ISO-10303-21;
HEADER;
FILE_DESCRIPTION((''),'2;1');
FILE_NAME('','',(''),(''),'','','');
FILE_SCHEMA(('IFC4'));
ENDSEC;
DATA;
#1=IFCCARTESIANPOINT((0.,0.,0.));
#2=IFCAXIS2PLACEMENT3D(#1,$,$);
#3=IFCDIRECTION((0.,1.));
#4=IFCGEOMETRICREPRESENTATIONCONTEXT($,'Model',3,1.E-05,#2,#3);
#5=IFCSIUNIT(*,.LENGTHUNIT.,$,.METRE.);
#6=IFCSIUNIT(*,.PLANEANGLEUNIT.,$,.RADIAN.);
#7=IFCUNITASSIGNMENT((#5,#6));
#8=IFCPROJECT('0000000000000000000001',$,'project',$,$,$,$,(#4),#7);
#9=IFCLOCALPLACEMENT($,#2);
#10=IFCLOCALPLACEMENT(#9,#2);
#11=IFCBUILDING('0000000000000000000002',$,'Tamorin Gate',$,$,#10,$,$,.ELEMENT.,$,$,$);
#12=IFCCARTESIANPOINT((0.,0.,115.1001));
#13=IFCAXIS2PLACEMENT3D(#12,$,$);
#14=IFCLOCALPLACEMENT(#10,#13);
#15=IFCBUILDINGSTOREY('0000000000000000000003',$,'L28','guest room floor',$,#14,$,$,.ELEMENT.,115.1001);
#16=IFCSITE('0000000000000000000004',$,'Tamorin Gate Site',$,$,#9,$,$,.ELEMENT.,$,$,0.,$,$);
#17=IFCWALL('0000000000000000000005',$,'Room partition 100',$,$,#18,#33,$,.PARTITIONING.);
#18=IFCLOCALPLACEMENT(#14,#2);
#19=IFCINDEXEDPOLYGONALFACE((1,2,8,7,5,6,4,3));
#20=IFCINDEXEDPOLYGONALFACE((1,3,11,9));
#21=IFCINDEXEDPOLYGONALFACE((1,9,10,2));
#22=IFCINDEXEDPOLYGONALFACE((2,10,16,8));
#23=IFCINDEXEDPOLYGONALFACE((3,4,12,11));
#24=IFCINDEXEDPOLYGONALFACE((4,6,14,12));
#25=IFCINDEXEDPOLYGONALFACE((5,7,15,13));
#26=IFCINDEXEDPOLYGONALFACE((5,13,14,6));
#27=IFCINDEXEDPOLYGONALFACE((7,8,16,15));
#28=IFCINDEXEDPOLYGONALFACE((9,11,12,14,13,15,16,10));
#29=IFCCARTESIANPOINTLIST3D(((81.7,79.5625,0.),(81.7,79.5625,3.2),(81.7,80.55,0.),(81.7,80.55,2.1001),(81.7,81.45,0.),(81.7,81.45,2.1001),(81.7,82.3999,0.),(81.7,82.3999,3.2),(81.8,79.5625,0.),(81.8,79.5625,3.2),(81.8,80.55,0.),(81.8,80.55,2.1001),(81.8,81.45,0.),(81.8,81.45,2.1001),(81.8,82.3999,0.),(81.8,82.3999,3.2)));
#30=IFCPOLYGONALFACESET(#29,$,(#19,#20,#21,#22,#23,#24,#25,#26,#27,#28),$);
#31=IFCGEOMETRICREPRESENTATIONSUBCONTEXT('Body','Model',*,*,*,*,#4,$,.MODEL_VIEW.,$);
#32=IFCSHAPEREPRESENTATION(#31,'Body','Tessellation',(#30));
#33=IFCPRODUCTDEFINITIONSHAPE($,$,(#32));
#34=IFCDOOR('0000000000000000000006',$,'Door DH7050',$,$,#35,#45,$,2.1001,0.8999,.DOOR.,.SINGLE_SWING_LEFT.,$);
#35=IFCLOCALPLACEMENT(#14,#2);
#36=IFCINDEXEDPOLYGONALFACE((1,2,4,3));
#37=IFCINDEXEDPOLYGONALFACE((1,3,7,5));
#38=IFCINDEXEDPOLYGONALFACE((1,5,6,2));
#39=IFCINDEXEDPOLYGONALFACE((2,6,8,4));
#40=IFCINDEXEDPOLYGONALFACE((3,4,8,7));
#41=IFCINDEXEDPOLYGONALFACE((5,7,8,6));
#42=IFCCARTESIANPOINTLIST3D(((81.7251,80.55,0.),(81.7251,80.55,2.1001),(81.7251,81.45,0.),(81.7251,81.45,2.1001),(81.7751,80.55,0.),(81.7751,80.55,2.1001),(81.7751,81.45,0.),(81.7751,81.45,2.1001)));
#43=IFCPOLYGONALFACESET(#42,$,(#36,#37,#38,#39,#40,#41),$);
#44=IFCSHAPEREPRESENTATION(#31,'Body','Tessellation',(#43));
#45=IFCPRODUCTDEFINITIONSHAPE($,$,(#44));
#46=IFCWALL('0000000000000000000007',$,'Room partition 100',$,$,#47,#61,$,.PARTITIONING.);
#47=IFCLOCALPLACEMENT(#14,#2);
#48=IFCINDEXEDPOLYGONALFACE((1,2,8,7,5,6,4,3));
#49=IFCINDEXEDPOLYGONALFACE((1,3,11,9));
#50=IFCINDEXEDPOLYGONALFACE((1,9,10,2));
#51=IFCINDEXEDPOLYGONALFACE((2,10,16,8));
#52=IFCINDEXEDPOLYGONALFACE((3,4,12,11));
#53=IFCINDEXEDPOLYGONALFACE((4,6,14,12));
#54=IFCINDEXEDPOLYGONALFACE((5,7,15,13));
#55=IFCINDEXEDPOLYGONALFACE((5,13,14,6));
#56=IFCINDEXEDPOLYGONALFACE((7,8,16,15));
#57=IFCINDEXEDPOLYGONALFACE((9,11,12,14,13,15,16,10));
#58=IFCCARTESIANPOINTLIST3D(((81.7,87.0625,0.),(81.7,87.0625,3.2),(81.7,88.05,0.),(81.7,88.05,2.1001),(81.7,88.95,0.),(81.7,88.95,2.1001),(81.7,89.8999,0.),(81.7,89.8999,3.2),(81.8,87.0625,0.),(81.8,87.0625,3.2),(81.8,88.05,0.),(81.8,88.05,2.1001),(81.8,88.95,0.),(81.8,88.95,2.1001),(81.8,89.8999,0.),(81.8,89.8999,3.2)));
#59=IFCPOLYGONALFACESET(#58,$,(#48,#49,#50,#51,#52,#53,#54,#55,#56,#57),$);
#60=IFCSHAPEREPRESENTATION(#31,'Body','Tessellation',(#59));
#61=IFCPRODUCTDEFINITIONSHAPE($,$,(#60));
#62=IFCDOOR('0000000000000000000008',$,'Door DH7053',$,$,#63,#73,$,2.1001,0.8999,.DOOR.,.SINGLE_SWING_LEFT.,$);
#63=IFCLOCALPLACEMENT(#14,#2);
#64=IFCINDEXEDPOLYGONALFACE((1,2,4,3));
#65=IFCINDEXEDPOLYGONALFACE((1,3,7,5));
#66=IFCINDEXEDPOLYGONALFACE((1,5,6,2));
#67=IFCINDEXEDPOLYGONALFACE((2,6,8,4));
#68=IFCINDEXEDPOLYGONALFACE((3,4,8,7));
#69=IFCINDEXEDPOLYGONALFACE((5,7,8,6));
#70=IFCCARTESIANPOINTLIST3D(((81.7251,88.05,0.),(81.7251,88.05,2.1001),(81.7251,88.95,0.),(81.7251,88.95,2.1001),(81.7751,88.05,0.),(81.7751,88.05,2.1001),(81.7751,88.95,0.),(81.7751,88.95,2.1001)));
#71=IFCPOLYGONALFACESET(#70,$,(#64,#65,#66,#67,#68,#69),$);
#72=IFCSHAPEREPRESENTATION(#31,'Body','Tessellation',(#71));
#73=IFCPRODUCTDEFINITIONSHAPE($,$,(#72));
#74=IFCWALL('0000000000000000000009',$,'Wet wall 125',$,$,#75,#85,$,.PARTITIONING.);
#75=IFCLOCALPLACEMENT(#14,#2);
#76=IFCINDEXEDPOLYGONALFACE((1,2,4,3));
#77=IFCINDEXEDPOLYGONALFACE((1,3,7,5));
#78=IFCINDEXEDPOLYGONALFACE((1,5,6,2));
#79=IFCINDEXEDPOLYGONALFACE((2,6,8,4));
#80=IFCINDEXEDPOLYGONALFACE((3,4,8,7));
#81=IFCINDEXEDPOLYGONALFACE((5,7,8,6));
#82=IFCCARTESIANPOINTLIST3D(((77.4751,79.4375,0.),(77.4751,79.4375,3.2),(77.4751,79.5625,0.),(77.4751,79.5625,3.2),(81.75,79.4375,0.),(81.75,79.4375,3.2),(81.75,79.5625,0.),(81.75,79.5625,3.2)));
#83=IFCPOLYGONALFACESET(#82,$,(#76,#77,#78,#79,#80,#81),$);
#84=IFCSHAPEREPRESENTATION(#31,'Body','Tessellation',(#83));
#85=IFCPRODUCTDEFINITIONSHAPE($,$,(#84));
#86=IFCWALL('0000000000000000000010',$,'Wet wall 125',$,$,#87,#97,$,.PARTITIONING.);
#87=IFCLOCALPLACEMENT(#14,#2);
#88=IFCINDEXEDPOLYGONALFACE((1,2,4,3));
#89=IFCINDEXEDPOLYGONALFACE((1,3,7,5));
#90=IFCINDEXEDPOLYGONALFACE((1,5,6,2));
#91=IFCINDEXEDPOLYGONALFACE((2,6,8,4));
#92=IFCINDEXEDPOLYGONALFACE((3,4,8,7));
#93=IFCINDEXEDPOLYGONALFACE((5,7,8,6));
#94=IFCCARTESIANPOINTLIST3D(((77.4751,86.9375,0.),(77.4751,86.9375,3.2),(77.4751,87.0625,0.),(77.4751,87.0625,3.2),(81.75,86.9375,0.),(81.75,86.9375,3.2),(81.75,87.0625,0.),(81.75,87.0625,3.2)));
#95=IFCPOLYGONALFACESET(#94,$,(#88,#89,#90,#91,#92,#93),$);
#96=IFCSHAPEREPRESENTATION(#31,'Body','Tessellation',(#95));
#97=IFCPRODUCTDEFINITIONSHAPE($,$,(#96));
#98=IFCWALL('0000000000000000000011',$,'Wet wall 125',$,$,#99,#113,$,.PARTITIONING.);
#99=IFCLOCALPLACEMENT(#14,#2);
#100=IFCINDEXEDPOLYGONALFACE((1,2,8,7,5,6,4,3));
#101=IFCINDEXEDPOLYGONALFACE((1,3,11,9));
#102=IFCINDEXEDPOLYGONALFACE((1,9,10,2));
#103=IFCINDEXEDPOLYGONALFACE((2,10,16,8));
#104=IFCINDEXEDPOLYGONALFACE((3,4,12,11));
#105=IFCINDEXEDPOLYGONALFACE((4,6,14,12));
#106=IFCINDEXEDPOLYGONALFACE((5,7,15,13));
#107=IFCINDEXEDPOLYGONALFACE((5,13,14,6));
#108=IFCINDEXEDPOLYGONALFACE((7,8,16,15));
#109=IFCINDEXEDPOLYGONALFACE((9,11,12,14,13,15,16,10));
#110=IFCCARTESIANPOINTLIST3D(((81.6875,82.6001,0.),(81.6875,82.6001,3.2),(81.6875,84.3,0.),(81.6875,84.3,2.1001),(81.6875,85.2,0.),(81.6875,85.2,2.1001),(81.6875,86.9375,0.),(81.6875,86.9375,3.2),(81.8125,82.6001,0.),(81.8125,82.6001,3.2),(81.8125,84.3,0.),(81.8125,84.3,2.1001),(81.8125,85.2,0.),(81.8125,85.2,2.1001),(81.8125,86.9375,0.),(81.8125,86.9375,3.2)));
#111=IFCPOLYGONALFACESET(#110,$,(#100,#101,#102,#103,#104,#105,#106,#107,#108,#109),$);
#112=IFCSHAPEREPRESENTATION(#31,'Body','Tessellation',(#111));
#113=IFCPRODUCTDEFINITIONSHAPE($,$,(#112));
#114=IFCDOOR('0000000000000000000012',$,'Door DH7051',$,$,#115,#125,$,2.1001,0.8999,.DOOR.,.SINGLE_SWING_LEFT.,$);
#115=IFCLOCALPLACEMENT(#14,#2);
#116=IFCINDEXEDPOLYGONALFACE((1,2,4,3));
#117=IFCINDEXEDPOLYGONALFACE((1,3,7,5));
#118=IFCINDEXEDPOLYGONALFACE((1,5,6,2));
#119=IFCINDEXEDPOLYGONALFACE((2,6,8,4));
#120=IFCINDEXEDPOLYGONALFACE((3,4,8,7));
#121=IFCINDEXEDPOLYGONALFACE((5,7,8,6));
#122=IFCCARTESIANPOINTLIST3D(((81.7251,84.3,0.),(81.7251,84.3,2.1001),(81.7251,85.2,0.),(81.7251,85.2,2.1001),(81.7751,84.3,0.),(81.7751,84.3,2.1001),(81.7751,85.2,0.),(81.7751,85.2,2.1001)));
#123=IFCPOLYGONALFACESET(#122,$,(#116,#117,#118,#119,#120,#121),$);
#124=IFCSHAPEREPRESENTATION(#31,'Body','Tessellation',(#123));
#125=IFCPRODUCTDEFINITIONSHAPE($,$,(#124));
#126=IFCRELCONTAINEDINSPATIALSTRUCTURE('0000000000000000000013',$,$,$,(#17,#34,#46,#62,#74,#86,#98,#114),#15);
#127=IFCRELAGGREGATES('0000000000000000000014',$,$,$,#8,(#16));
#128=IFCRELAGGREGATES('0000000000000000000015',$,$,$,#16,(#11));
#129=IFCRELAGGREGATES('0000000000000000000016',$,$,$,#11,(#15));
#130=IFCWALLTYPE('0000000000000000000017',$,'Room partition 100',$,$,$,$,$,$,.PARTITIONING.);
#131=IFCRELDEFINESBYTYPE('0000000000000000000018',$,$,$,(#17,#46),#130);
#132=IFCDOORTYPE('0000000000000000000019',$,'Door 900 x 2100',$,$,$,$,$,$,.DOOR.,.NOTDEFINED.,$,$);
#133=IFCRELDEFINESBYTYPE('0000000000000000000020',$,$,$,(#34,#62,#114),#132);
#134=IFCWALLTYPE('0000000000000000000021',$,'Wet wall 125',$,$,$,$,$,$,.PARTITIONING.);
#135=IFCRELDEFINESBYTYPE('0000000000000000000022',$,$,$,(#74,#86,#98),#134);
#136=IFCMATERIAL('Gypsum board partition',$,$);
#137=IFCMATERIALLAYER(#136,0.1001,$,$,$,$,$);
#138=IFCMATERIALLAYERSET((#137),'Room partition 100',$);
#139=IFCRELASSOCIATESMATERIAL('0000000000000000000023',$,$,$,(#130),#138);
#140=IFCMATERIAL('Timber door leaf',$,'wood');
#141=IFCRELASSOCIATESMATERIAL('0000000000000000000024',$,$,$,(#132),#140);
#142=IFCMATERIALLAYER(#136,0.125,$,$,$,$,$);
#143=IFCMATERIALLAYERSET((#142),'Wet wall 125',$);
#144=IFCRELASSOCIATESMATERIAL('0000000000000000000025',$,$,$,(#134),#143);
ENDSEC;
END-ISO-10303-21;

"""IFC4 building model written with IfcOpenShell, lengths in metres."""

from ifc_helpers import new_model, si_unit, direction, frame, frame_2d, origin, place, context, subcontext, project, spatial, rectangle, extrude, material, layer, layer_set, type_object, element, fill, save


model = new_model("IFC4")

# Units and contexts
model_context = context("Model", 3, precision=1e-05, world=origin(), true_north=direction((0.0, 1.0)))
body_context = subcontext(model_context, "Body", "Model", "MODEL_VIEW")
ifc_project = project(units=[si_unit("LENGTHUNIT", "METRE"), si_unit("PLANEANGLEUNIT", "RADIAN")], contexts=[model_context])

# Site, building, storey
site_placement = place(None, origin())
site = spatial("IfcSite", under=ifc_project, at=site_placement, Name="Tamorin Gate Site", CompositionType="ELEMENT", RefElevation=0.0)
building_placement = place(site_placement, origin())
building = spatial("IfcBuilding", under=site, at=building_placement, Name="Tamorin Gate", CompositionType="ELEMENT")
storey_placement = place(building_placement, frame((0.0, 0.0, 115.1001)))
storey = spatial("IfcBuildingStorey", under=building, at=storey_placement, Name="L28", Description="guest room floor", CompositionType="ELEMENT", Elevation=115.1001)

# Shared definitions
ifc_material_1 = material(Name="Gypsum board partition")

# Walls, openings, doors
ifc_layer_1 = layer(ifc_material_1, 0.1001)
ifc_layer_set_1 = layer_set([ifc_layer_1], Name="Room partition 100")
wall_type_1 = type_object("IfcWallType", Name="Room partition 100", PredefinedType="PARTITIONING", material=ifc_layer_set_1)
wall_1_placement = place(storey_placement, frame((81.75, 79.5625, 0.0), z_axis=(0.0, 0.0, 1.0), x_axis=(0.0, 1.0, 0.0)))
wall_1 = element("IfcWall", 1, at=wall_1_placement, inside=storey, type_object=wall_type_1, Name="Room partition 100", PredefinedType="PARTITIONING", context=body_context, shape_type="SweptSolid", body=[
    extrude(rectangle(XDim=2.8374, YDim=0.1001, at=frame_2d((1.4187, 0.0))), origin(), (0.0, 0.0, 1.0), 3.2),
])
opening_1_placement = place(wall_1_placement, frame((0.9875, 0.0, 0.0)))
opening_1 = element("IfcOpeningElement", 2, at=opening_1_placement, cuts=wall_1, PredefinedType="OPENING", context=body_context, shape_type="SweptSolid", body=[
    extrude(rectangle(XDim=0.8999, YDim=2.1001, at=frame_2d((0.45, 1.05))), frame((0.0, 0.0601, 0.0), z_axis=(0.0, -1.0, 0.0), x_axis=(1.0, 0.0, 0.0)), (0.0, 0.0, 1.0), 0.1201),
])
ifc_material_2 = material(Name="Timber door leaf", Category="wood")
door_type = type_object("IfcDoorType", Name="Door 900 x 2100", OperationType="NOTDEFINED", PredefinedType="DOOR", material=ifc_material_2)
door_1_placement = place(opening_1_placement, origin())
door_1 = element("IfcDoor", 3, at=door_1_placement, inside=storey, type_object=door_type, Name="Door DH7050", OperationType="SINGLE_SWING_LEFT", OverallHeight=2.1001, OverallWidth=0.8999, PredefinedType="DOOR", context=body_context, shape_type="SweptSolid", body=[
    extrude(rectangle(XDim=0.8999, YDim=2.1001, at=frame_2d((0.45, 1.05))), frame((0.0, 0.0249, 0.0), z_axis=(0.0, -1.0, 0.0), x_axis=(1.0, 0.0, 0.0)), (0.0, 0.0, 1.0), 0.05),
])
fill(opening_1, door_1)
wall_2_placement = place(storey_placement, frame((81.75, 87.0625, 0.0), z_axis=(0.0, 0.0, 1.0), x_axis=(0.0, 1.0, 0.0)))
wall_2 = element("IfcWall", 4, at=wall_2_placement, inside=storey, type_object=wall_type_1, Name="Room partition 100", PredefinedType="PARTITIONING", context=body_context, shape_type="SweptSolid", body=[
    extrude(rectangle(XDim=2.8374, YDim=0.1001, at=frame_2d((1.4187, 0.0))), origin(), (0.0, 0.0, 1.0), 3.2),
])
opening_2_placement = place(wall_2_placement, frame((0.9875, 0.0, 0.0)))
opening_2 = element("IfcOpeningElement", 5, at=opening_2_placement, cuts=wall_2, PredefinedType="OPENING", context=body_context, shape_type="SweptSolid", body=[
    extrude(rectangle(XDim=0.8999, YDim=2.1001, at=frame_2d((0.45, 1.05))), frame((0.0, 0.0601, 0.0), z_axis=(0.0, -1.0, 0.0), x_axis=(1.0, 0.0, 0.0)), (0.0, 0.0, 1.0), 0.1201),
])
door_2_placement = place(opening_2_placement, origin())
door_2 = element("IfcDoor", 6, at=door_2_placement, inside=storey, type_object=door_type, Name="Door DH7053", OperationType="SINGLE_SWING_LEFT", OverallHeight=2.1001, OverallWidth=0.8999, PredefinedType="DOOR", context=body_context, shape_type="SweptSolid", body=[
    extrude(rectangle(XDim=0.8999, YDim=2.1001, at=frame_2d((0.45, 1.05))), frame((0.0, 0.0249, 0.0), z_axis=(0.0, -1.0, 0.0), x_axis=(1.0, 0.0, 0.0)), (0.0, 0.0, 1.0), 0.05),
])
fill(opening_2, door_2)

# Walls
ifc_layer_2 = layer(ifc_material_1, 0.125)
ifc_layer_set_2 = layer_set([ifc_layer_2], Name="Wet wall 125")
wall_type_2 = type_object("IfcWallType", Name="Wet wall 125", PredefinedType="PARTITIONING", material=ifc_layer_set_2)
for number, where, z_axis, x_axis, name in (
    (7, (77.4751, 79.5, 0.0), (0.0, 0.0, 1.0), (1.0, 0.0, 0.0), "Wet wall 125"),
    (8, (77.4751, 87.0, 0.0), (0.0, 0.0, 1.0), (1.0, 0.0, 0.0), "Wet wall 125"),
):
    element("IfcWall", number, at=place(storey_placement, frame(where, z_axis=z_axis, x_axis=x_axis)), inside=storey, type_object=wall_type_2, Name=name, PredefinedType="PARTITIONING", context=body_context, shape_type="SweptSolid", body=[
        extrude(rectangle(XDim=4.2749, YDim=0.125, at=frame_2d((2.1375, 0.0))), origin(), (0.0, 0.0, 1.0), 3.2),
    ])

# Wall, opening, door
wall_3_placement = place(storey_placement, frame((81.75, 82.6001, 0.0), z_axis=(0.0, 0.0, 1.0), x_axis=(0.0, 1.0, 0.0)))
wall_3 = element("IfcWall", 9, at=wall_3_placement, inside=storey, type_object=wall_type_2, Name="Wet wall 125", PredefinedType="PARTITIONING", context=body_context, shape_type="SweptSolid", body=[
    extrude(rectangle(XDim=4.3374, YDim=0.125, at=frame_2d((2.1687, 0.0))), origin(), (0.0, 0.0, 1.0), 3.2),
])
opening_3_placement = place(wall_3_placement, frame((1.7, 0.0, 0.0)))
opening_3 = element("IfcOpeningElement", 10, at=opening_3_placement, cuts=wall_3, PredefinedType="OPENING", context=body_context, shape_type="SweptSolid", body=[
    extrude(rectangle(XDim=0.8999, YDim=2.1001, at=frame_2d((0.45, 1.05))), frame((0.0, 0.0725, 0.0), z_axis=(0.0, -1.0, 0.0), x_axis=(1.0, 0.0, 0.0)), (0.0, 0.0, 1.0), 0.145),
])
door_3_placement = place(opening_3_placement, origin())
door_3 = element("IfcDoor", 11, at=door_3_placement, inside=storey, type_object=door_type, Name="Door DH7051", OperationType="SINGLE_SWING_LEFT", OverallHeight=2.1001, OverallWidth=0.8999, PredefinedType="DOOR", context=body_context, shape_type="SweptSolid", body=[
    extrude(rectangle(XDim=0.8999, YDim=2.1001, at=frame_2d((0.45, 1.05))), frame((0.0, 0.0249, 0.0), z_axis=(0.0, -1.0, 0.0), x_axis=(1.0, 0.0, 0.0)), (0.0, 0.0, 1.0), 0.05),
])
fill(opening_3, door_3)

save(model, "model.ifc")
